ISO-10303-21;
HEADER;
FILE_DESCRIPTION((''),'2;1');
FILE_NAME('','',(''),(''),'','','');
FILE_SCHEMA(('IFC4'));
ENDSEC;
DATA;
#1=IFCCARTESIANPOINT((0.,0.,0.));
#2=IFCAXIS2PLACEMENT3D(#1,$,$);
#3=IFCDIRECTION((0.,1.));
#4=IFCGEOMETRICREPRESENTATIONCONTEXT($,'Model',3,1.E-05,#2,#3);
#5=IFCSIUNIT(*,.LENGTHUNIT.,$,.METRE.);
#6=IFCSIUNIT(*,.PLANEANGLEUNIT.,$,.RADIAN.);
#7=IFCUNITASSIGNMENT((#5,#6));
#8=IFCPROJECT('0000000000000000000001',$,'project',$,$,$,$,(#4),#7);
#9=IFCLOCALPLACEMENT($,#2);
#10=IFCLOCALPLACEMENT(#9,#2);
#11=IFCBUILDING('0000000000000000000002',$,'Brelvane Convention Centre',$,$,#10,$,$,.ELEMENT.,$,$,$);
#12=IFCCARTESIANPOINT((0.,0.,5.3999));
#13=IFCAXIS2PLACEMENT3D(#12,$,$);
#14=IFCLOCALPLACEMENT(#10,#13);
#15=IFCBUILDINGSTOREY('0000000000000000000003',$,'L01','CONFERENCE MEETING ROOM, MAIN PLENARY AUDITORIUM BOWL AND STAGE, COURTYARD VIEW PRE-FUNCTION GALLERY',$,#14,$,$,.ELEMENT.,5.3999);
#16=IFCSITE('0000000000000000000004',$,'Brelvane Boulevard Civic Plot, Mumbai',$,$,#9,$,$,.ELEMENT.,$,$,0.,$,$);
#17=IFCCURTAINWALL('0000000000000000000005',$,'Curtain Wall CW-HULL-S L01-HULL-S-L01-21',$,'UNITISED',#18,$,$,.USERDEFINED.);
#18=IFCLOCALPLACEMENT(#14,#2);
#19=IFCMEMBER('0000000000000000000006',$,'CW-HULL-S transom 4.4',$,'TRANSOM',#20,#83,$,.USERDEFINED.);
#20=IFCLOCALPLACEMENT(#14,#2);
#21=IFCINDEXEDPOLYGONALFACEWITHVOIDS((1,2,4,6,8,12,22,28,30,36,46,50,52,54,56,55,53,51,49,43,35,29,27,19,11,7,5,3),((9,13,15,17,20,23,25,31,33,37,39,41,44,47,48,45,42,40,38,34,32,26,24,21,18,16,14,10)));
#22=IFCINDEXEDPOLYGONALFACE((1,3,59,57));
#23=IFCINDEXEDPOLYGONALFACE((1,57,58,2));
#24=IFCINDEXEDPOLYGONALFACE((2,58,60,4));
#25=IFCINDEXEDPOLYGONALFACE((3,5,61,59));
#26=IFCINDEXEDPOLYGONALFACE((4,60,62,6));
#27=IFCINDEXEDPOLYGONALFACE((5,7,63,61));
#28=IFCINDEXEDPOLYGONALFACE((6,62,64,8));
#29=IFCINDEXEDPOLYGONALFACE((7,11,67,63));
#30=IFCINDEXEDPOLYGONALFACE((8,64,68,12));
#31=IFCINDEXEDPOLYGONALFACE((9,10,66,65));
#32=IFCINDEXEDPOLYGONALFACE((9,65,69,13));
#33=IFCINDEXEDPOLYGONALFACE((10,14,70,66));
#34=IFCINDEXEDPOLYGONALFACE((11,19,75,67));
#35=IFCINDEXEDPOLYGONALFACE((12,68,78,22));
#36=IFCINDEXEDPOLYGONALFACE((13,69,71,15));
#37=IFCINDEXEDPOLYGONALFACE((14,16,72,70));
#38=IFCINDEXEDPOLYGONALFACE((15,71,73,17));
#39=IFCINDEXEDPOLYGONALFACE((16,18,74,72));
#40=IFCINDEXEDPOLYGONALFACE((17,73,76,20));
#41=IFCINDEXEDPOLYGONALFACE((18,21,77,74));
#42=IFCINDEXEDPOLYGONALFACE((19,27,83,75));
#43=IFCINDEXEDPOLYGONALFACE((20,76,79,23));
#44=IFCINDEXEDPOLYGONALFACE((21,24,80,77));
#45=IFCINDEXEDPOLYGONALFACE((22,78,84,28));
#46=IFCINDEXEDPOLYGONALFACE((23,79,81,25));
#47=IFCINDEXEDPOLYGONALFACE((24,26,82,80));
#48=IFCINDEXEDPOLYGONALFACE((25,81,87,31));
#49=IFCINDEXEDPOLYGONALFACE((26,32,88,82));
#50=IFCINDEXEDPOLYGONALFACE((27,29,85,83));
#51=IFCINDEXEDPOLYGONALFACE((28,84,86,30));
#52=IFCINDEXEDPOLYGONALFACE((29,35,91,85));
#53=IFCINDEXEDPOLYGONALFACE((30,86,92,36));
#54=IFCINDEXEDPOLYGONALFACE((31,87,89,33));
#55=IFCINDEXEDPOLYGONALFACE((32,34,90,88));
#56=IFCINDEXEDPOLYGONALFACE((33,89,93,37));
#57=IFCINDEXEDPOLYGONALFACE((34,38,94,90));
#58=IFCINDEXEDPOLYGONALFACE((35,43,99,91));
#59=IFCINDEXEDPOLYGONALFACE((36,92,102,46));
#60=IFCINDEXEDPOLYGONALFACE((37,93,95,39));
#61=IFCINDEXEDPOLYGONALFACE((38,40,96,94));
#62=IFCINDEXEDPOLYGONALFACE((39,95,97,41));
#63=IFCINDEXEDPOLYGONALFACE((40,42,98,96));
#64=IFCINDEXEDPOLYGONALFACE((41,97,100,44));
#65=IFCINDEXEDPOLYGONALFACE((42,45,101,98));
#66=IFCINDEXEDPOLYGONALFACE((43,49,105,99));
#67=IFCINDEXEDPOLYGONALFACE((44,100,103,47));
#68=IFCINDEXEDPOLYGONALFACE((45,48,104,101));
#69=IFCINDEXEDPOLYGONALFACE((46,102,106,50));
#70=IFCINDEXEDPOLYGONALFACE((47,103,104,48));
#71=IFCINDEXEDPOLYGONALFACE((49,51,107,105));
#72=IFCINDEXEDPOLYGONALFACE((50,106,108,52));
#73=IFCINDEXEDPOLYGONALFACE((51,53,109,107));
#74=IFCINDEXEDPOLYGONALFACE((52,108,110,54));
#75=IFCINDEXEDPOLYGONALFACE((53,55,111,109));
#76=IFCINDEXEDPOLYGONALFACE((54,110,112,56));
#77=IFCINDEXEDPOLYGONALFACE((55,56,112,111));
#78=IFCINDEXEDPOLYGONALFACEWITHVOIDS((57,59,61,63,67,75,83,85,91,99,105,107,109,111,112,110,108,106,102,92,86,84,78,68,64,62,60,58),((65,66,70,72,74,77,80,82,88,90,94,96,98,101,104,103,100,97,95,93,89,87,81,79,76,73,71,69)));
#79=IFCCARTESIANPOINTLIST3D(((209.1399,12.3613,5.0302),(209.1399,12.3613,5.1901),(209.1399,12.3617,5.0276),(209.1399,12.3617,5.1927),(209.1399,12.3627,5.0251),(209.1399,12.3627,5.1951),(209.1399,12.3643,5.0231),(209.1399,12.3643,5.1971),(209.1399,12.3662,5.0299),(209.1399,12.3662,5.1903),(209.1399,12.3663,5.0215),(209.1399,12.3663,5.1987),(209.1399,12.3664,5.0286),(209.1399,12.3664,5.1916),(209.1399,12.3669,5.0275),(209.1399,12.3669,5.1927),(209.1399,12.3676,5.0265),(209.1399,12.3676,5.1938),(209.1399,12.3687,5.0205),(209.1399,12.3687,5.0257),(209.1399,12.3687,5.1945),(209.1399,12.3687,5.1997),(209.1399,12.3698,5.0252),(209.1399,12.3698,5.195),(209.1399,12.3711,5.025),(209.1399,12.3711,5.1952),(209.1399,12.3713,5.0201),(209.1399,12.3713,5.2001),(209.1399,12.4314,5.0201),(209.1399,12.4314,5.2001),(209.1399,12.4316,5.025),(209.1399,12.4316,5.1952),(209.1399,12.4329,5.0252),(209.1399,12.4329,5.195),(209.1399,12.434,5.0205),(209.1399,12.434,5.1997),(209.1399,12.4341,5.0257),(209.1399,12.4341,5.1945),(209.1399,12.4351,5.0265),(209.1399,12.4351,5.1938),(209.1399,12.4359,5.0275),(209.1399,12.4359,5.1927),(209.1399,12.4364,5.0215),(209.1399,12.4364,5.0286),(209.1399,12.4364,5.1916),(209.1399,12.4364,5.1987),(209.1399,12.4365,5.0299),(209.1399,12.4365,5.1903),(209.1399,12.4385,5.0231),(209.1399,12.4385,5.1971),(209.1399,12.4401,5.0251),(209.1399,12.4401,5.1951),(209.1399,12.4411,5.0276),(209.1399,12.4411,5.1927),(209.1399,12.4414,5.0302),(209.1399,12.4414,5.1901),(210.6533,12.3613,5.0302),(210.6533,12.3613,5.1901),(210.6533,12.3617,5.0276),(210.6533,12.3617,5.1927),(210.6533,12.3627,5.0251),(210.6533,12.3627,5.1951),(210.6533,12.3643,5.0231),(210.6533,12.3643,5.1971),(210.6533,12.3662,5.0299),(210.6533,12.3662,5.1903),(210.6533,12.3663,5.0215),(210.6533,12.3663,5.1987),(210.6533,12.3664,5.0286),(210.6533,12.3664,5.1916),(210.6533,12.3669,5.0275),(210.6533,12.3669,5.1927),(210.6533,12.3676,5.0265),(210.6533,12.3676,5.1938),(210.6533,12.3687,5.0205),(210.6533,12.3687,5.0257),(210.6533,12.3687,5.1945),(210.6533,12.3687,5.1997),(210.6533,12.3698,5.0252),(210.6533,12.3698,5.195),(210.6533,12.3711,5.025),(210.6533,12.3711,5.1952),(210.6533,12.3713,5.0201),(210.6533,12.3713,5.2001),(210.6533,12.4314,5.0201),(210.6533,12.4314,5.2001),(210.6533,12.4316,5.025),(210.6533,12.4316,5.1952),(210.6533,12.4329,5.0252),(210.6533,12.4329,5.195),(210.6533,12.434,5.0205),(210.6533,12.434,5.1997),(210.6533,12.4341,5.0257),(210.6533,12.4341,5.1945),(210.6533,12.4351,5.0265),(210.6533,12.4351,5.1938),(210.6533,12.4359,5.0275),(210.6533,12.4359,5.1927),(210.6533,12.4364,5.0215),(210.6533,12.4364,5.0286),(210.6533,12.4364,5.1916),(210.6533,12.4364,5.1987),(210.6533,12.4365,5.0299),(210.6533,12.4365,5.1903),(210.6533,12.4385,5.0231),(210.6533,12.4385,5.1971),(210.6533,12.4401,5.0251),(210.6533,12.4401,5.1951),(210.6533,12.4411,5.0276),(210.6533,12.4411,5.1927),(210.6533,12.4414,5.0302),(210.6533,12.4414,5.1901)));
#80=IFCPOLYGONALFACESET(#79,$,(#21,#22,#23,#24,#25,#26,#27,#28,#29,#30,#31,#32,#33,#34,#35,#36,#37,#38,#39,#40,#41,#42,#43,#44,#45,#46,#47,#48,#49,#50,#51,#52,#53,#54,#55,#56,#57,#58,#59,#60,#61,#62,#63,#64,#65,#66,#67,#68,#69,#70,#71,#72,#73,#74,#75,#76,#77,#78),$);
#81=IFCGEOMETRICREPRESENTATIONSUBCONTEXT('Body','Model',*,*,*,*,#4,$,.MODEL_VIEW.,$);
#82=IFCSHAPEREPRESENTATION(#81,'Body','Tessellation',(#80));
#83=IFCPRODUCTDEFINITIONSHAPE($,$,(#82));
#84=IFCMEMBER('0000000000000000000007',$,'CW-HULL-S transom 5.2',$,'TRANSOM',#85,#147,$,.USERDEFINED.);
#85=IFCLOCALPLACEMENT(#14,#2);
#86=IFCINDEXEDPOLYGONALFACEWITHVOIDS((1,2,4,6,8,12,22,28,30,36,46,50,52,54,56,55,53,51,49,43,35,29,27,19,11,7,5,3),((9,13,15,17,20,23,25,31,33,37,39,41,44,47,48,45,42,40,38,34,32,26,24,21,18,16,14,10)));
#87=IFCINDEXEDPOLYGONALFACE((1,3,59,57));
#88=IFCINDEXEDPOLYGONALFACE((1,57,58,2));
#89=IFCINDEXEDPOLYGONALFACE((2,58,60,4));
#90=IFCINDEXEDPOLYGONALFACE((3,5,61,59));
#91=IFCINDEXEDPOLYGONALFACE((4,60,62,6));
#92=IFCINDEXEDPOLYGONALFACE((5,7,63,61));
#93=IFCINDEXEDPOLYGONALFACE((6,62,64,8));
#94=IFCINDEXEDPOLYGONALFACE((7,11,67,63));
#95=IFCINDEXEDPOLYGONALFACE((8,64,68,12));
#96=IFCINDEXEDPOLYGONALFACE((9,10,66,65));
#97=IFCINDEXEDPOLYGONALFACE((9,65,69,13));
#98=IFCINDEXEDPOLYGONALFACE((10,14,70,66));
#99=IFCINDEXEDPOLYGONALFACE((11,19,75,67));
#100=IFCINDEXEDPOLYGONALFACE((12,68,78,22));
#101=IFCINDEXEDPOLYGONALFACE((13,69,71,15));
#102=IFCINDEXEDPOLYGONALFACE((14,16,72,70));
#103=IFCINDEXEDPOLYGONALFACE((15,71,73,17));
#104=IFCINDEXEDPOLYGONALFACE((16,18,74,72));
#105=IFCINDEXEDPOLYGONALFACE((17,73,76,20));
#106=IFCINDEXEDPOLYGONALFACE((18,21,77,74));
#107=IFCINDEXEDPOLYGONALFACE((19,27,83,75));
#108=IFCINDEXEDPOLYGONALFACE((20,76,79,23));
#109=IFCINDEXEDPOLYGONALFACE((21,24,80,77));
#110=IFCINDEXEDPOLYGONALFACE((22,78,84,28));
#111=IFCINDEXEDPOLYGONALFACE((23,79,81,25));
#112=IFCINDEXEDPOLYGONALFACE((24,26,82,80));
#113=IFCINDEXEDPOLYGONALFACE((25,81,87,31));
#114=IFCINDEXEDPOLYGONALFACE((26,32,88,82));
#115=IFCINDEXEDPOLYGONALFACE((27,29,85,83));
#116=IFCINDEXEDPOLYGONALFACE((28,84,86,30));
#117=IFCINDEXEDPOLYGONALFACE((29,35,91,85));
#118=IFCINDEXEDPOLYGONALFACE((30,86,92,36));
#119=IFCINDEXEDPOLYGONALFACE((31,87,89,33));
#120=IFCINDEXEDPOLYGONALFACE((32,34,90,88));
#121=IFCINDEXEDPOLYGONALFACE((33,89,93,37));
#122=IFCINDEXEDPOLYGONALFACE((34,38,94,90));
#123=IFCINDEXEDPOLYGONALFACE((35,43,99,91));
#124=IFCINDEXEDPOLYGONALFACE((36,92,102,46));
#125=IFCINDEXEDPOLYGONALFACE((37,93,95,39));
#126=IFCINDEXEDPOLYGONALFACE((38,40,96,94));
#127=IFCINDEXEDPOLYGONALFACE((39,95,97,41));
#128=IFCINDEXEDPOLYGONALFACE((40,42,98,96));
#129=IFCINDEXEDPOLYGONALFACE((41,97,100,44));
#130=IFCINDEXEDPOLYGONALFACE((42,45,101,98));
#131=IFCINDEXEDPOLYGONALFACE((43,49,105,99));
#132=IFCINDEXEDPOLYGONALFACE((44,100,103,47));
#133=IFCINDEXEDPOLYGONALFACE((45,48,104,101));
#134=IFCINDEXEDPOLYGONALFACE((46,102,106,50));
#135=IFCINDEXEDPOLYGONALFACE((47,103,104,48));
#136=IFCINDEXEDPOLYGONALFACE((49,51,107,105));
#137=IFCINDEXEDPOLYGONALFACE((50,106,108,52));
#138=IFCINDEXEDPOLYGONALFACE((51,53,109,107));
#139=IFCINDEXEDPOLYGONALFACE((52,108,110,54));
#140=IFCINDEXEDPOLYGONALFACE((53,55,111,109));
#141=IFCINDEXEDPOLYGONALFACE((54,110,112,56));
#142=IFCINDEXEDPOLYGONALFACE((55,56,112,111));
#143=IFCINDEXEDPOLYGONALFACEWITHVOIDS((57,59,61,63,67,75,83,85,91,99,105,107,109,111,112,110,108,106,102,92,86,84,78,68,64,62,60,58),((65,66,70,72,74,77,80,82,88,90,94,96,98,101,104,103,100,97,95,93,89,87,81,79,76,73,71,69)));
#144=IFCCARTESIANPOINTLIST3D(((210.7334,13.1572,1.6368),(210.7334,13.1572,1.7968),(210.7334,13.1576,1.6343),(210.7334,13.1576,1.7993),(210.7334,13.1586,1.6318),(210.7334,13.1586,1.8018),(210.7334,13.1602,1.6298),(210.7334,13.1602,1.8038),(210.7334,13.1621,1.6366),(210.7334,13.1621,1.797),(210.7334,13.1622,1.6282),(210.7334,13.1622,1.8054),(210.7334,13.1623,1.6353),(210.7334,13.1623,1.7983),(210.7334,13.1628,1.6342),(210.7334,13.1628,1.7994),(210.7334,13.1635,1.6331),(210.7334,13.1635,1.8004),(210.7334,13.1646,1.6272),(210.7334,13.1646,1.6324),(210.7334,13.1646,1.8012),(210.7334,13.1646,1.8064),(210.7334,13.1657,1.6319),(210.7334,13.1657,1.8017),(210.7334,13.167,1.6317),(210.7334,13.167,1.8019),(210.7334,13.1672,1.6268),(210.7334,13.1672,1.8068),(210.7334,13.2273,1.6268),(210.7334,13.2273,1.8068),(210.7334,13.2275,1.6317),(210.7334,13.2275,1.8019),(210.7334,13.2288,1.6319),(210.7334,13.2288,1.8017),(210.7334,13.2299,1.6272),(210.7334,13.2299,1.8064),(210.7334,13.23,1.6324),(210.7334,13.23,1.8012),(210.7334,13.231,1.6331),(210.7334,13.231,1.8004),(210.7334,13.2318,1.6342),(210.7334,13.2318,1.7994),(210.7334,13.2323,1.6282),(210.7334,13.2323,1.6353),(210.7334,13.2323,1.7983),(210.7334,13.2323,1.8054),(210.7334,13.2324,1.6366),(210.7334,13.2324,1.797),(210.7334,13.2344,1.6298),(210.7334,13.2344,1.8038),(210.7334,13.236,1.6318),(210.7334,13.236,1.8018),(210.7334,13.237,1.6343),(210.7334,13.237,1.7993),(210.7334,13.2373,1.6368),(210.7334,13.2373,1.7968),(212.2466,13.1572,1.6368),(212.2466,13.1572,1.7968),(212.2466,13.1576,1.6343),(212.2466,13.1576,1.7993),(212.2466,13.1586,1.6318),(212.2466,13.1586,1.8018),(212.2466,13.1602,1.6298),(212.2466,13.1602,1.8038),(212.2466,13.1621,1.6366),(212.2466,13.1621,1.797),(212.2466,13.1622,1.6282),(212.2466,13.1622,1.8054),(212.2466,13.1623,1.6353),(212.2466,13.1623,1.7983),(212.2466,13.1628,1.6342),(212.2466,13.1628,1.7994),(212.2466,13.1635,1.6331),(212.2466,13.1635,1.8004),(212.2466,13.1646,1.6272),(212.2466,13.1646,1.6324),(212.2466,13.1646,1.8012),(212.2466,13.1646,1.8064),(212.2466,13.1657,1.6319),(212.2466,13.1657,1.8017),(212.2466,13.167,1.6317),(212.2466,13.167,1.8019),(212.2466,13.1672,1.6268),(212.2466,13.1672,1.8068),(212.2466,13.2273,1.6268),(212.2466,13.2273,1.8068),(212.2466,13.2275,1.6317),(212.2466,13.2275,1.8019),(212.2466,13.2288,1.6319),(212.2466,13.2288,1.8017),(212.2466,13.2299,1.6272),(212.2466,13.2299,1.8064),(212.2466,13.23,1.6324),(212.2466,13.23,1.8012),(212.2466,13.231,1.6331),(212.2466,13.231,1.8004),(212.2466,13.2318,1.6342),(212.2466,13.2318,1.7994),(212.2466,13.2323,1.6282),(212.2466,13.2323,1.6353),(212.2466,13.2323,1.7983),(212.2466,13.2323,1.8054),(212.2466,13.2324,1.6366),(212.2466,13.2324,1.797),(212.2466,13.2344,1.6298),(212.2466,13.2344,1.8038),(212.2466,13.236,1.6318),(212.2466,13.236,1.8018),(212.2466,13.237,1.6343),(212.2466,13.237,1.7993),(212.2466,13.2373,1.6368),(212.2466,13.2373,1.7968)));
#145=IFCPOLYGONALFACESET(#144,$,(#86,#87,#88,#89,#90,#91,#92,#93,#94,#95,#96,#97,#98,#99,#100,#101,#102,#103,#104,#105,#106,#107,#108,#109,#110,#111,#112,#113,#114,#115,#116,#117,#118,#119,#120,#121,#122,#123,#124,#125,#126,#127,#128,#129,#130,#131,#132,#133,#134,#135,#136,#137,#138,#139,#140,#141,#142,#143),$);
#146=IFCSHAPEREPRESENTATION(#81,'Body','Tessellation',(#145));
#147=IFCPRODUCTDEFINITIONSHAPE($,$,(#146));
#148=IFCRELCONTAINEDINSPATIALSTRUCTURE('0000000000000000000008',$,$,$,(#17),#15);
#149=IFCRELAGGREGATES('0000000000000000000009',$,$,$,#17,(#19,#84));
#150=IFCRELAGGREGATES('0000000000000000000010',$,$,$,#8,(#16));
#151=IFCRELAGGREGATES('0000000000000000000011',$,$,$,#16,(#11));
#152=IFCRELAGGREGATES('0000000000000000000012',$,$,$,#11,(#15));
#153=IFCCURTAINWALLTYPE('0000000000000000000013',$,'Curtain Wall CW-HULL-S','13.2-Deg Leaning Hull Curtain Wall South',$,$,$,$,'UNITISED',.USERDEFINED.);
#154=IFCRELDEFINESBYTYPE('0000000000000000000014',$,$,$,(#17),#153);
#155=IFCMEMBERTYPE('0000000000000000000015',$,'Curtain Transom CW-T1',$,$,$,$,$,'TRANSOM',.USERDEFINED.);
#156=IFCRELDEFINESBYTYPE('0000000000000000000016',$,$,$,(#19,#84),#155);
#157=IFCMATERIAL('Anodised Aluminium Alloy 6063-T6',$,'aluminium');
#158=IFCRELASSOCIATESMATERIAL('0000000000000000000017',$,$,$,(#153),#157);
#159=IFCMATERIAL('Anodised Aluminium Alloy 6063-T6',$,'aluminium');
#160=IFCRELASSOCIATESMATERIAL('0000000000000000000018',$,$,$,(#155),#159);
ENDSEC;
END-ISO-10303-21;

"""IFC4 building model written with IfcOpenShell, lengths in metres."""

from ifc_helpers import new_model, si_unit, direction, frame, origin, origin_2d, place, context, subcontext, project, spatial, hollow_rectangle, extrude, material, material_profile, profile_set, type_object, element, aggregate, save


model = new_model("IFC4")

# Units and contexts
model_context = context("Model", 3, precision=1e-05, world=origin(), true_north=direction((0.0, 1.0)))
body_context = subcontext(model_context, "Body", "Model", "MODEL_VIEW")
ifc_project = project(units=[si_unit("LENGTHUNIT", "METRE"), si_unit("PLANEANGLEUNIT", "RADIAN")], contexts=[model_context])

# Site, building, storey
site_placement = place(None, origin())
site = spatial("IfcSite", under=ifc_project, at=site_placement, Name="Brelvane Boulevard Civic Plot, Mumbai", CompositionType="ELEMENT", RefElevation=0.0)
building_placement = place(site_placement, origin())
building = spatial("IfcBuilding", under=site, at=building_placement, Name="Brelvane Convention Centre", CompositionType="ELEMENT")
storey_placement = place(building_placement, frame((0.0, 0.0, 5.3999)))
storey = spatial("IfcBuildingStorey", under=building, at=storey_placement, Name="L01", Description="CONFERENCE MEETING ROOM, MAIN PLENARY AUDITORIUM BOWL AND STAGE, COURTYARD VIEW PRE-FUNCTION GALLERY", CompositionType="ELEMENT", Elevation=5.3999)

# Curtain wall, members
ifc_material_1 = material(Name="Anodised Aluminium Alloy 6063-T6", Category="aluminium")
curtain_wall_type = type_object("IfcCurtainWallType", Name="Curtain Wall CW-HULL-S", Description="13.2-Deg Leaning Hull Curtain Wall South", ElementType="UNITISED", PredefinedType="USERDEFINED", material=ifc_material_1)
curtain_wall_placement = place(storey_placement, origin())
curtain_wall = element("IfcCurtainWall", 1, at=curtain_wall_placement, inside=storey, type_object=curtain_wall_type, Name="Curtain Wall CW-HULL-S L01-HULL-S-L01-21", ObjectType="UNITISED", PredefinedType="USERDEFINED")
ifc_material_2 = material(Name="Anodised Aluminium Alloy 6063-T6", Category="aluminium")
ifc_material_profile = material_profile(ifc_material_2, hollow_rectangle(XDim=0.0801, YDim=0.1799, WallThickness=0.0049, InnerFilletRadius=0.0049, OuterFilletRadius=0.01, at=origin_2d()), Name="ALU-T 180x80x5.0")
ifc_profile_set = profile_set([ifc_material_profile], Name="Anodised Aluminium Alloy 6063-T6")
member_type = type_object("IfcMemberType", Name="Curtain Transom CW-T1", ElementType="TRANSOM", PredefinedType="USERDEFINED", material=ifc_profile_set)
member_1_placement = place(storey_placement, frame((209.1399, 12.4014, 5.1101), z_axis=(1.0, 0.0, 0.0), x_axis=(0.0, 1.0, 0.0)))
member_1 = element("IfcMember", 2, at=member_1_placement, type_object=member_type, Name="CW-HULL-S transom 4.4", ObjectType="TRANSOM", PredefinedType="USERDEFINED", context=body_context, shape_type="SweptSolid", body=[
    extrude(hollow_rectangle(XDim=0.0801, YDim=0.1799, WallThickness=0.0049, InnerFilletRadius=0.0049, OuterFilletRadius=0.01, at=origin_2d()), origin(), (0.0, 0.0, 1.0), 1.5134),
])
member_2_placement = place(storey_placement, frame((210.7334, 13.1973, 1.7168), z_axis=(1.0, 0.0, 0.0), x_axis=(0.0, 1.0, 0.0)))
member_2 = element("IfcMember", 3, at=member_2_placement, type_object=member_type, Name="CW-HULL-S transom 5.2", ObjectType="TRANSOM", PredefinedType="USERDEFINED", context=body_context, shape_type="SweptSolid", body=[
    extrude(hollow_rectangle(XDim=0.0801, YDim=0.1799, WallThickness=0.0049, InnerFilletRadius=0.0049, OuterFilletRadius=0.01, at=origin_2d()), origin(), (0.0, 0.0, 1.0), 1.5132),
])
aggregate(curtain_wall, [member_1, member_2])

save(model, "model.ifc")
